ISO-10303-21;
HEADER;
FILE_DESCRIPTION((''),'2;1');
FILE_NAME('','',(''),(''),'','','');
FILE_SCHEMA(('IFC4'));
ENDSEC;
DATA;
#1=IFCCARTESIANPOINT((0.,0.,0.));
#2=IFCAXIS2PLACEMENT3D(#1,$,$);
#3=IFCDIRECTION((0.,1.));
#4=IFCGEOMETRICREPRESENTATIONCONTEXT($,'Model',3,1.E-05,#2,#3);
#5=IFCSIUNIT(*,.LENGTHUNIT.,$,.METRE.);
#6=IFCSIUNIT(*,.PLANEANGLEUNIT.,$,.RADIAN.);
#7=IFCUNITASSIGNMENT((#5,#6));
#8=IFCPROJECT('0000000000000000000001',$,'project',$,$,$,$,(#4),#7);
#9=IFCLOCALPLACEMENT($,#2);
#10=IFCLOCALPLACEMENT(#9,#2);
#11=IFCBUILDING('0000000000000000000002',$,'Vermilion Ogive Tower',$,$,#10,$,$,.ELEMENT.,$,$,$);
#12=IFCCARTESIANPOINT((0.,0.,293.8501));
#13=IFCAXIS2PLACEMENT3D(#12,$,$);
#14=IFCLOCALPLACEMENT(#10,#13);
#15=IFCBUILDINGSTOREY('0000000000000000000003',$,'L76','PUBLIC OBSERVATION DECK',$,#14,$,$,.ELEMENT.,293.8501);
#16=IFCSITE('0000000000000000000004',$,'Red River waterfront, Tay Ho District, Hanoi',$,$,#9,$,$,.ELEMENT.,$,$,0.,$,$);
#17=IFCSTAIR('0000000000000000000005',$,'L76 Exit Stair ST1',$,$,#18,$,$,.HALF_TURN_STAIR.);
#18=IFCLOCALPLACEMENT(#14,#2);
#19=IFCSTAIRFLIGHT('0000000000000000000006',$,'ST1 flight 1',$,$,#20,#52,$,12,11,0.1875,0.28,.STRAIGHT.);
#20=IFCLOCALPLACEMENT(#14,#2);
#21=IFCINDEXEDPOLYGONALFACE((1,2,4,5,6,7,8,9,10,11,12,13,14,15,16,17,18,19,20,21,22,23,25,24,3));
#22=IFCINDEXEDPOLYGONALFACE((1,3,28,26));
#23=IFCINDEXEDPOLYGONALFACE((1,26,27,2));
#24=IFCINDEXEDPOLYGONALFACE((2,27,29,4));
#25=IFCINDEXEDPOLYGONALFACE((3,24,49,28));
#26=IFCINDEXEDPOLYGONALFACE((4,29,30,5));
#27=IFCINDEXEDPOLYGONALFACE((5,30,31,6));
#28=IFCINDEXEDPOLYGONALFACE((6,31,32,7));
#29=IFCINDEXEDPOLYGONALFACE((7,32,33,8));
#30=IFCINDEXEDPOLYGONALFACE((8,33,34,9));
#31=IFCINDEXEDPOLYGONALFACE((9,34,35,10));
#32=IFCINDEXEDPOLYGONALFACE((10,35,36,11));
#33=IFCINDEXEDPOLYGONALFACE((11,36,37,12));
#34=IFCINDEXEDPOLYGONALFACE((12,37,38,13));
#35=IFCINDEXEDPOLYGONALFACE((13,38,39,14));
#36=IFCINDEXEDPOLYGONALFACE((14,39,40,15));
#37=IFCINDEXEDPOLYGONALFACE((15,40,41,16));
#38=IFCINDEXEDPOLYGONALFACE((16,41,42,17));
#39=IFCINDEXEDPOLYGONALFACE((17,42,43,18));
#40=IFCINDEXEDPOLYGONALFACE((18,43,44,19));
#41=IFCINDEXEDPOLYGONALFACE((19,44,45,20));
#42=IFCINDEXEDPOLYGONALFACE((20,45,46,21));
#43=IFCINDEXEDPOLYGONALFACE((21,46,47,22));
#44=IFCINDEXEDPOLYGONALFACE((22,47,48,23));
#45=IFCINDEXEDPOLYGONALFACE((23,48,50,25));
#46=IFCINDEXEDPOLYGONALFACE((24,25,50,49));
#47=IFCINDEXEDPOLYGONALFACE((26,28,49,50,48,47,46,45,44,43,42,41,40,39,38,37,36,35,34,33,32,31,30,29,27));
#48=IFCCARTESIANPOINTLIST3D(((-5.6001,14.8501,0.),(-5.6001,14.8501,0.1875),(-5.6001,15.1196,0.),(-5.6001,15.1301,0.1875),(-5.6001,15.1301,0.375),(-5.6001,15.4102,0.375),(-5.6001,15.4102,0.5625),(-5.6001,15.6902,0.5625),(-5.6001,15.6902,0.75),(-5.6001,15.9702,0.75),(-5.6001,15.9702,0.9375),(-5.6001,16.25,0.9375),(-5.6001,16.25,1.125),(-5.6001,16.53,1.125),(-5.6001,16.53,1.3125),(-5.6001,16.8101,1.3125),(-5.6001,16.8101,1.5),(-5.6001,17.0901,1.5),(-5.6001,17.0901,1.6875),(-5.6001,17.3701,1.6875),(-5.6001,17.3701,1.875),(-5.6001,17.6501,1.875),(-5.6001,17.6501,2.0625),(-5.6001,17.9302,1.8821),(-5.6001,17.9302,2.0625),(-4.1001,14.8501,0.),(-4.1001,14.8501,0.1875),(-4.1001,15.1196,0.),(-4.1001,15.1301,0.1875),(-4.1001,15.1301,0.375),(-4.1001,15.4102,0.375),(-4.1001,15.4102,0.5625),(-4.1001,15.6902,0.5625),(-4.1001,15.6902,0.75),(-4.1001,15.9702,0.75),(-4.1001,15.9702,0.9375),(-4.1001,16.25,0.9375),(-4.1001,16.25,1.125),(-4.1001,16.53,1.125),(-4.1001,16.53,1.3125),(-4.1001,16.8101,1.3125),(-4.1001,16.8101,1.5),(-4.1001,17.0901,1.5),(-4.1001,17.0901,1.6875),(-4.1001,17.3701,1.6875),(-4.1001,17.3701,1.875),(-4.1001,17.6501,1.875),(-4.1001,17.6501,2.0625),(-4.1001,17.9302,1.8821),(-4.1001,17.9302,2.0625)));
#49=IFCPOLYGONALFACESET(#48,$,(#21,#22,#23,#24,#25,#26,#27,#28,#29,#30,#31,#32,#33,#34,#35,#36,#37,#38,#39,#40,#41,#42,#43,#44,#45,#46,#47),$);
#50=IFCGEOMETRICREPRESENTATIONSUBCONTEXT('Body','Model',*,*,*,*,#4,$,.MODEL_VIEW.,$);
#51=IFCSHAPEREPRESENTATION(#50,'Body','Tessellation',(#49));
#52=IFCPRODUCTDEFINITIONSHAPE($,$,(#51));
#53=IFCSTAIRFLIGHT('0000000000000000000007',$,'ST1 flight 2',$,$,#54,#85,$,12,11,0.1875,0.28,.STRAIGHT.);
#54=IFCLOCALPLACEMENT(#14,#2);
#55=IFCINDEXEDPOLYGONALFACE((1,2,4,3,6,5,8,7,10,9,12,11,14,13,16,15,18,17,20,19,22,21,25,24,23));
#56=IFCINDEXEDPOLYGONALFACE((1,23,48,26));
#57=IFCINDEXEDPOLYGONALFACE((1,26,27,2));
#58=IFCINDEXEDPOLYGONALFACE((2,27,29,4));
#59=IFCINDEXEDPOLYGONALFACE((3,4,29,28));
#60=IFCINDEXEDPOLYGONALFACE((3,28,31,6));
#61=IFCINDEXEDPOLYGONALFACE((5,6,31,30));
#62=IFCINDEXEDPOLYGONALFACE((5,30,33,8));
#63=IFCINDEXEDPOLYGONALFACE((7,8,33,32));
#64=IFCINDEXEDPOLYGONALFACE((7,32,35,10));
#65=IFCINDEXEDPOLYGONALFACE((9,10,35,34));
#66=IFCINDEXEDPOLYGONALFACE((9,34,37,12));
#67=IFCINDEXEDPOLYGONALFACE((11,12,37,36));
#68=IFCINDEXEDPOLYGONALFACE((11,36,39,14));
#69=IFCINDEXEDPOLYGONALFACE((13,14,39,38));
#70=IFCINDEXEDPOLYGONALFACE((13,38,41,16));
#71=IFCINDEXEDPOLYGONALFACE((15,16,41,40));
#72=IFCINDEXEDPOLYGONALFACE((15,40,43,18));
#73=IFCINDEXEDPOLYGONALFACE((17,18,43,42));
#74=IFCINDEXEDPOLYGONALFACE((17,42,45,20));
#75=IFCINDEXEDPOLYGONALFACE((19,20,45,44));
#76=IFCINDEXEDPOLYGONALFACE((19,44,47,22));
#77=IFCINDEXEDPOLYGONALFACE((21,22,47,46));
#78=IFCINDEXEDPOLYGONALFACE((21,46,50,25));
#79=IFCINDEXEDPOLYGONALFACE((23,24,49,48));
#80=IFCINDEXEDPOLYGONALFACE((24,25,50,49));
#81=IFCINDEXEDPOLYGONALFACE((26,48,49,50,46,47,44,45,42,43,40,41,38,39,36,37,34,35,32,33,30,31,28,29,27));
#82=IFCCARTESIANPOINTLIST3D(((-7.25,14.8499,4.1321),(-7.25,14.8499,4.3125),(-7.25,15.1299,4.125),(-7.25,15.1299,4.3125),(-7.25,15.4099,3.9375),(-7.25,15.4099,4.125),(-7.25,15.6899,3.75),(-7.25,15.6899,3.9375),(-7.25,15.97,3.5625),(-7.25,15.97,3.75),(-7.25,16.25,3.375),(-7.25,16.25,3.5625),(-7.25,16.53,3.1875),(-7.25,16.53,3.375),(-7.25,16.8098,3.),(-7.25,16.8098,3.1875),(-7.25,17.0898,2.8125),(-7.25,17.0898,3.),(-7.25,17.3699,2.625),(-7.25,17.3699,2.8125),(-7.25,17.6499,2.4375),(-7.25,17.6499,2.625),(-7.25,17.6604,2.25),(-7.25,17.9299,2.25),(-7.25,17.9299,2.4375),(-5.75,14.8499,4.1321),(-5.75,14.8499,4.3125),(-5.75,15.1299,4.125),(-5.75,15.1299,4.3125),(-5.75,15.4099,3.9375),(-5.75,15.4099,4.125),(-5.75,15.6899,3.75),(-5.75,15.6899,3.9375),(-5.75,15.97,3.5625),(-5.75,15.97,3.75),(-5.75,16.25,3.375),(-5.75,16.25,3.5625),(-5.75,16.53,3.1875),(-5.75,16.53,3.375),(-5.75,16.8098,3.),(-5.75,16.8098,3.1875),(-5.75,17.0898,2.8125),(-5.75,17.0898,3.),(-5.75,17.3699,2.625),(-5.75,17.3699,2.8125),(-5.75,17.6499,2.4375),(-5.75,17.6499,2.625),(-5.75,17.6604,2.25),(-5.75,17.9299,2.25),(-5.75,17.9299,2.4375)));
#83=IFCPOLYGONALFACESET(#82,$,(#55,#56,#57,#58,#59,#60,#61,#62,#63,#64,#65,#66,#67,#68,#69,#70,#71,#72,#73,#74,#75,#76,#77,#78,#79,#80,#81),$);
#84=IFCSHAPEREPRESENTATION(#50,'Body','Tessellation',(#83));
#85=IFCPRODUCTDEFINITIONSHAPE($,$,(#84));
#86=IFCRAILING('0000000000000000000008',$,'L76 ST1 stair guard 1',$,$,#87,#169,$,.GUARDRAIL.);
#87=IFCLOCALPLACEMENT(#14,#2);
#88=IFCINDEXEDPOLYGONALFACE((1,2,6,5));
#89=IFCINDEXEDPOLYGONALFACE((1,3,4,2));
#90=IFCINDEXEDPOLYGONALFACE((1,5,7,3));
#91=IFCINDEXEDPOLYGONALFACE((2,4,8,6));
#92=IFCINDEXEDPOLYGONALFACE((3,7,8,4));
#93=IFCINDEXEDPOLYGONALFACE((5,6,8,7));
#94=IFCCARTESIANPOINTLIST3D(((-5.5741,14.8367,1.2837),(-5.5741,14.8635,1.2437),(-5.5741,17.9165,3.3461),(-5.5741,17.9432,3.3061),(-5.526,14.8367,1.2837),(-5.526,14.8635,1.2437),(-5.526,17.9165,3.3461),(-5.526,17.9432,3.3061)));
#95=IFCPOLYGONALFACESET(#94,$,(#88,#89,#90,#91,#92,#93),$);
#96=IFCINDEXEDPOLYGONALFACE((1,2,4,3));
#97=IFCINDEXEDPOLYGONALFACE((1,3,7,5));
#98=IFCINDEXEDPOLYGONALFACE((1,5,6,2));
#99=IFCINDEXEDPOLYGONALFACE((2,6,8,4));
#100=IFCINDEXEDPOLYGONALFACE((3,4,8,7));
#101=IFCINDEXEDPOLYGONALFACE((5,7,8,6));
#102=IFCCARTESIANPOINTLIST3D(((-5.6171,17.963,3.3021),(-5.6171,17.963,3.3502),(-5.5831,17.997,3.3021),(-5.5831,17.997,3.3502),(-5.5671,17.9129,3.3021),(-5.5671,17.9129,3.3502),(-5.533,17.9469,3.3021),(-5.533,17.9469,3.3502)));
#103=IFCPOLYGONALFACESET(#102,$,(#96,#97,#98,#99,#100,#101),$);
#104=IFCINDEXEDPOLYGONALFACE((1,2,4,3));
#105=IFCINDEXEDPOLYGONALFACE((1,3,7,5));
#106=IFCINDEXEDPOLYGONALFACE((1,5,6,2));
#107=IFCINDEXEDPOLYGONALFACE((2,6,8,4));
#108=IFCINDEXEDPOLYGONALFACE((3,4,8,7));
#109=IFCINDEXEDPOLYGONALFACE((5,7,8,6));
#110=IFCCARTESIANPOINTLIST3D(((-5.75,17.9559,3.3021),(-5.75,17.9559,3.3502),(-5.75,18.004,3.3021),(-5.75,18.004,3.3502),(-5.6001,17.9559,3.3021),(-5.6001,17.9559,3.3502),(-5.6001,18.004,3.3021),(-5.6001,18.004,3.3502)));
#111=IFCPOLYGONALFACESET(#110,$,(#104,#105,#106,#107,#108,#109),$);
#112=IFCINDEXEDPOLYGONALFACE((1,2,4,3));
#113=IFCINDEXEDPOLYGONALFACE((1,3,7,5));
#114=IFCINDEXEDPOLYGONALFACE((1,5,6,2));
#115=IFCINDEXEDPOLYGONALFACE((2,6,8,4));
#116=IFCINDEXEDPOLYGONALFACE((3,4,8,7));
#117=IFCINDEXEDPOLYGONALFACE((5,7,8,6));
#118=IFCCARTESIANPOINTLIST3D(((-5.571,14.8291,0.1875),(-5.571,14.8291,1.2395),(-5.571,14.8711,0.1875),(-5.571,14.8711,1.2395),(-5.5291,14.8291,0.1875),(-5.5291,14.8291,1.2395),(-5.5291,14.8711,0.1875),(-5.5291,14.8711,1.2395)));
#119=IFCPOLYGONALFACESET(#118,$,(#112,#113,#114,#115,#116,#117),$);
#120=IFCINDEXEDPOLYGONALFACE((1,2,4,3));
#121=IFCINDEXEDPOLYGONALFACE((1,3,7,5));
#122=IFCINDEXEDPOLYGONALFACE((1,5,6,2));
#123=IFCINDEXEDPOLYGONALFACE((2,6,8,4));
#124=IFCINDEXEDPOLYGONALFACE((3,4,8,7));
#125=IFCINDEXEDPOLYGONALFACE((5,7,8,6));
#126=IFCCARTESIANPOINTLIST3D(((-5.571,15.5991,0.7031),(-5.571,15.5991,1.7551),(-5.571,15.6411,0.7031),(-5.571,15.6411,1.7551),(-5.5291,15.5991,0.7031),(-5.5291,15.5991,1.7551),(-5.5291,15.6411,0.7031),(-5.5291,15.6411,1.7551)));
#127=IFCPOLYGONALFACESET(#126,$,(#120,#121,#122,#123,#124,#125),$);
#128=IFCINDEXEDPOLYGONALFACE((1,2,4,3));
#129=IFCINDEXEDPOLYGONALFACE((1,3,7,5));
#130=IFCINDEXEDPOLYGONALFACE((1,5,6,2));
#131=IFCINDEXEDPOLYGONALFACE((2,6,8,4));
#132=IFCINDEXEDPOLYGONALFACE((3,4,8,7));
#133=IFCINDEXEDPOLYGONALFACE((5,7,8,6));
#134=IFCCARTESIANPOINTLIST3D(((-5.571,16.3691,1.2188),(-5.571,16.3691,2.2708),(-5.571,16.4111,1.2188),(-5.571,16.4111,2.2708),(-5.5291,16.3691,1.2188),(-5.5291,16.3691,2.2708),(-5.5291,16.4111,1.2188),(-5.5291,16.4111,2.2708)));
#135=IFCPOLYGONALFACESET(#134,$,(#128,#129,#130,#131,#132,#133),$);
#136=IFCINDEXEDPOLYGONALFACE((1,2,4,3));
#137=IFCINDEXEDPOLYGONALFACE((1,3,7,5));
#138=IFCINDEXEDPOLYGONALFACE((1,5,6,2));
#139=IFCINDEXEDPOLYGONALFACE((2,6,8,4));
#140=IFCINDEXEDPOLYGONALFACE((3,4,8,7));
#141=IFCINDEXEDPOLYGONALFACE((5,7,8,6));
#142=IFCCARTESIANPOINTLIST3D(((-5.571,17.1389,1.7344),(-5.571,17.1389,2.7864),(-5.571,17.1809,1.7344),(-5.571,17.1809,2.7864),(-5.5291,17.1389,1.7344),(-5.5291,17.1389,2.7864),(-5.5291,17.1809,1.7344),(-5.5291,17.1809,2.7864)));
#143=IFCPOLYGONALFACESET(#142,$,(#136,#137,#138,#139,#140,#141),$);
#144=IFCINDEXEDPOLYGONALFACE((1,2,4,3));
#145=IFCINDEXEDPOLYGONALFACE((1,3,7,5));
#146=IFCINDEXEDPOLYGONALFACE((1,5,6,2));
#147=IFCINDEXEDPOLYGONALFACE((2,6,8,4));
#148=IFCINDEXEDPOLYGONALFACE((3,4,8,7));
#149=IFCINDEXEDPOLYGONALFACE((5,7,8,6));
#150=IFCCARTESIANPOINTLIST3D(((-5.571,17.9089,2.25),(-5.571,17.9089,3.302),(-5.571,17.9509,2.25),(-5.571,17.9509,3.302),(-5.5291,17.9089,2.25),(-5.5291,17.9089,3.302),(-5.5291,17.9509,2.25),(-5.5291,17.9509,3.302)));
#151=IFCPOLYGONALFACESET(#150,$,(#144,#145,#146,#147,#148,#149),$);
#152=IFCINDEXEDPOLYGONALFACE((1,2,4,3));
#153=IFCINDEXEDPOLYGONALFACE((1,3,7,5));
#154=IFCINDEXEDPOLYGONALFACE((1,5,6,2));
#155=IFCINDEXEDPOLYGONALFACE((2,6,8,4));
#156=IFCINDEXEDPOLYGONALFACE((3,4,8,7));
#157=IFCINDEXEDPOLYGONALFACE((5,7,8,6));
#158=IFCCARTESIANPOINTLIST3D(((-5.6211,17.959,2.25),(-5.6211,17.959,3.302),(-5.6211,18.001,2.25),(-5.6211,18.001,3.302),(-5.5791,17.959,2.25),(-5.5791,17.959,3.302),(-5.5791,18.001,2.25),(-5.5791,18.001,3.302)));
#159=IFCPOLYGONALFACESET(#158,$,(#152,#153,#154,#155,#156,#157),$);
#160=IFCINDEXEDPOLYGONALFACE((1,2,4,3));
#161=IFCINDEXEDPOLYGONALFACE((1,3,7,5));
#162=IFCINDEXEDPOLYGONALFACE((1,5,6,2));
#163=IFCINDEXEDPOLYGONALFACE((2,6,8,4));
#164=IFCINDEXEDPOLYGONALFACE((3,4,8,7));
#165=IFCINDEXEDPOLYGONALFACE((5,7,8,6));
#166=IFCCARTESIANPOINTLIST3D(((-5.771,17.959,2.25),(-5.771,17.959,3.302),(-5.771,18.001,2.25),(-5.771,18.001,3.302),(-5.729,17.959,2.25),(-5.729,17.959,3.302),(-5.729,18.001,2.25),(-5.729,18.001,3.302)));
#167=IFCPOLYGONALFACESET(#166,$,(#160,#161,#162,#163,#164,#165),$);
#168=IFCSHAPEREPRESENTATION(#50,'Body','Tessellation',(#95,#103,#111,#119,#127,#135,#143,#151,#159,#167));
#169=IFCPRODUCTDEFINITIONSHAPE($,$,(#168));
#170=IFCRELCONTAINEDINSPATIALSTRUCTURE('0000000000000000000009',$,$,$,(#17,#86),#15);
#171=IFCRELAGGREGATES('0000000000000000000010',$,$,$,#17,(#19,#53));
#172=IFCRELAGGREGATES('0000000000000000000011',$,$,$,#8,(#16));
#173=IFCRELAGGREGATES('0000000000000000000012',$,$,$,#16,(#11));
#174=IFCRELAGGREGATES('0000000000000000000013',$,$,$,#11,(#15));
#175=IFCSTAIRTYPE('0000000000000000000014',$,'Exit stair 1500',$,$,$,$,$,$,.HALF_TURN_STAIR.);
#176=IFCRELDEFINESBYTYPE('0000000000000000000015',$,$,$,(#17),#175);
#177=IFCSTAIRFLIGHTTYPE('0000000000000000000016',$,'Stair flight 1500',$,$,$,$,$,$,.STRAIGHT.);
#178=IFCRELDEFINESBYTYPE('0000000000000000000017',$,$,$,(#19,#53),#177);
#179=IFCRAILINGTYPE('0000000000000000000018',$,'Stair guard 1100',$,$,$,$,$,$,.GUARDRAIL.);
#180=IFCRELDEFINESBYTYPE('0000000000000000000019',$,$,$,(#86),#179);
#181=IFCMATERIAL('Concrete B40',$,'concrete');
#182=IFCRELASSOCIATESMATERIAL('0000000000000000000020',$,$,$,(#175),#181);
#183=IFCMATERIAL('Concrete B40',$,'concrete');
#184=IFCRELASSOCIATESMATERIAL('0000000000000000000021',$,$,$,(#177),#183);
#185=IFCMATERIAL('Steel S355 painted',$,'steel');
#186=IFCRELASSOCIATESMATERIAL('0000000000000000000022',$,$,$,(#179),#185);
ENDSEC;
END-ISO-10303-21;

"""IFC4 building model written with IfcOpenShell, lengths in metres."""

from ifc_helpers import new_model, si_unit, direction, frame, origin, origin_2d, place, context, subcontext, project, spatial, polyline, rectangle, outline, extrude, material, type_object, element, aggregate, save


model = new_model("IFC4")

# Units and contexts
model_context = context("Model", 3, precision=1e-05, world=origin(), true_north=direction((0.0, 1.0)))
body_context = subcontext(model_context, "Body", "Model", "MODEL_VIEW")
ifc_project = project(units=[si_unit("LENGTHUNIT", "METRE"), si_unit("PLANEANGLEUNIT", "RADIAN")], contexts=[model_context])

# Site, building, storey
site_placement = place(None, origin())
site = spatial("IfcSite", under=ifc_project, at=site_placement, Name="Red River waterfront, Tay Ho District, Hanoi", CompositionType="ELEMENT", RefElevation=0.0)
building_placement = place(site_placement, origin())
building = spatial("IfcBuilding", under=site, at=building_placement, Name="Vermilion Ogive Tower", CompositionType="ELEMENT")
storey_placement = place(building_placement, frame((0.0, 0.0, 293.8501)))
storey = spatial("IfcBuildingStorey", under=building, at=storey_placement, Name="L76", Description="PUBLIC OBSERVATION DECK", CompositionType="ELEMENT", Elevation=293.8501)

# Stair, stair flights
ifc_material_1 = material(Name="Concrete B40", Category="concrete")
stair_type = type_object("IfcStairType", Name="Exit stair 1500", PredefinedType="HALF_TURN_STAIR", material=ifc_material_1)
stair_placement = place(storey_placement, origin())
stair = element("IfcStair", 1, at=stair_placement, inside=storey, type_object=stair_type, Name="L76 Exit Stair ST1", PredefinedType="HALF_TURN_STAIR")
ifc_material_2 = material(Name="Concrete B40", Category="concrete")
stair_flight_type = type_object("IfcStairFlightType", Name="Stair flight 1500", PredefinedType="STRAIGHT", material=ifc_material_2)
stair_flight_1_placement = place(storey_placement, frame((-4.8501, 14.8501, 0.0), z_axis=(0.0, 0.0, 1.0), x_axis=(0.0, 1.0, 0.0)))
stair_flight_1 = element("IfcStairFlight", 2, at=stair_flight_1_placement, type_object=stair_flight_type, Name="ST1 flight 1", NumberOfRisers=12, NumberOfTreads=11, PredefinedType="STRAIGHT", RiserHeight=0.1875, TreadLength=0.28, context=body_context, shape_type="SweptSolid", body=[
    extrude(outline(polyline([(0.0, 0.0), (0.0, 0.1875), (0.28, 0.1875), (0.28, 0.375), (0.5601, 0.375), (0.5601, 0.5625), (0.8401, 0.5625), (0.8401, 0.75), (1.1201, 0.75), (1.1201, 0.9375), (1.3999, 0.9375), (1.3999, 1.125), (1.6799, 1.125), (1.6799, 1.3125), (1.96, 1.3125), (1.96, 1.5), (2.24, 1.5), (2.24, 1.6875), (2.52, 1.6875), (2.52, 1.875), (2.8, 1.875), (2.8, 2.0625), (3.0801, 2.0625), (3.0801, 2.25), (3.0801, 1.8821), (0.2695, 0.0), (0.0, 0.0)])), frame((0.0, 0.75, 0.0), z_axis=(0.0, -1.0, 0.0), x_axis=(1.0, 0.0, 0.0)), (0.0, 0.0, 1.0), 1.5),
])
stair_flight_2_placement = place(storey_placement, frame((-6.5, 17.9299, 2.25), z_axis=(0.0, 0.0, 1.0), x_axis=(0.0, -1.0, 0.0)))
stair_flight_2 = element("IfcStairFlight", 3, at=stair_flight_2_placement, type_object=stair_flight_type, Name="ST1 flight 2", NumberOfRisers=12, NumberOfTreads=11, PredefinedType="STRAIGHT", RiserHeight=0.1875, TreadLength=0.28, context=body_context, shape_type="SweptSolid", body=[
    extrude(outline(polyline([(0.0, 0.0), (0.0, 0.1875), (0.28, 0.1875), (0.28, 0.375), (0.5601, 0.375), (0.5601, 0.5625), (0.8401, 0.5625), (0.8401, 0.75), (1.1201, 0.75), (1.1201, 0.9375), (1.3999, 0.9375), (1.3999, 1.125), (1.6799, 1.125), (1.6799, 1.3125), (1.96, 1.3125), (1.96, 1.5), (2.24, 1.5), (2.24, 1.6875), (2.52, 1.6875), (2.52, 1.875), (2.8, 1.875), (2.8, 2.0625), (3.0801, 2.0625), (3.0801, 2.25), (3.0801, 1.8821), (0.2695, 0.0), (0.0, 0.0)])), frame((0.0, 0.75, 0.0), z_axis=(0.0, -1.0, 0.0), x_axis=(1.0, 0.0, 0.0)), (0.0, 0.0, 1.0), 1.5),
])
aggregate(stair, [stair_flight_1, stair_flight_2])

# Railing
ifc_material_3 = material(Name="Steel S355 painted", Category="steel")
railing_type_1 = type_object("IfcRailingType", Name="Stair guard 1100", PredefinedType="GUARDRAIL", material=ifc_material_3)
railing_1_placement = place(storey_placement, frame((-5.55, 14.8501, 0.1875)))
element("IfcRailing", 4, at=railing_1_placement, inside=storey, type_object=railing_type_1, Name="L76 ST1 stair guard 1", PredefinedType="GUARDRAIL", context=body_context, shape_type="SweptSolid", body=[
    extrude(rectangle(XDim=0.0481, YDim=0.0481, at=origin_2d()), frame((0.0, 0.0, 1.0762), z_axis=(0.0, 0.830893, 0.556432), x_axis=(-1.0, 0.0, 0.0)), (0.0, 0.0, 1.0), 3.7065),
    extrude(rectangle(XDim=0.0481, YDim=0.0481, at=origin_2d()), frame((0.0, 3.0798, 3.1387), z_axis=(-0.707107, 0.707107, 0.0), x_axis=(-0.707107, -0.707107, 0.0)), (0.0, 0.0, 1.0), 0.0708),
    extrude(rectangle(XDim=0.0481, YDim=0.0481, at=origin_2d()), frame((-0.05, 3.1299, 3.1387), z_axis=(-1.0, 0.0, 0.0), x_axis=(0.0, -1.0, 0.0)), (0.0, 0.0, 1.0), 0.1499),
    extrude(rectangle(XDim=0.042, YDim=0.042, at=origin_2d()), origin(), (0.0, 0.0, 1.0), 1.052),
    extrude(rectangle(XDim=0.042, YDim=0.042, at=origin_2d()), frame((0.0, 0.77, 0.5156)), (0.0, 0.0, 1.0), 1.052),
    extrude(rectangle(XDim=0.042, YDim=0.042, at=origin_2d()), frame((0.0, 1.54, 1.0312)), (0.0, 0.0, 1.0), 1.052),
    extrude(rectangle(XDim=0.042, YDim=0.042, at=origin_2d()), frame((0.0, 2.3098, 1.5469)), (0.0, 0.0, 1.0), 1.052),
    extrude(rectangle(XDim=0.042, YDim=0.042, at=origin_2d()), frame((0.0, 3.0798, 2.0625)), (0.0, 0.0, 1.0), 1.052),
    extrude(rectangle(XDim=0.042, YDim=0.042, at=origin_2d()), frame((-0.05, 3.1299, 2.0625)), (0.0, 0.0, 1.0), 1.052),
    extrude(rectangle(XDim=0.042, YDim=0.042, at=origin_2d()), frame((-0.2, 3.1299, 2.0625)), (0.0, 0.0, 1.0), 1.052),
])

save(model, "model.ifc")
